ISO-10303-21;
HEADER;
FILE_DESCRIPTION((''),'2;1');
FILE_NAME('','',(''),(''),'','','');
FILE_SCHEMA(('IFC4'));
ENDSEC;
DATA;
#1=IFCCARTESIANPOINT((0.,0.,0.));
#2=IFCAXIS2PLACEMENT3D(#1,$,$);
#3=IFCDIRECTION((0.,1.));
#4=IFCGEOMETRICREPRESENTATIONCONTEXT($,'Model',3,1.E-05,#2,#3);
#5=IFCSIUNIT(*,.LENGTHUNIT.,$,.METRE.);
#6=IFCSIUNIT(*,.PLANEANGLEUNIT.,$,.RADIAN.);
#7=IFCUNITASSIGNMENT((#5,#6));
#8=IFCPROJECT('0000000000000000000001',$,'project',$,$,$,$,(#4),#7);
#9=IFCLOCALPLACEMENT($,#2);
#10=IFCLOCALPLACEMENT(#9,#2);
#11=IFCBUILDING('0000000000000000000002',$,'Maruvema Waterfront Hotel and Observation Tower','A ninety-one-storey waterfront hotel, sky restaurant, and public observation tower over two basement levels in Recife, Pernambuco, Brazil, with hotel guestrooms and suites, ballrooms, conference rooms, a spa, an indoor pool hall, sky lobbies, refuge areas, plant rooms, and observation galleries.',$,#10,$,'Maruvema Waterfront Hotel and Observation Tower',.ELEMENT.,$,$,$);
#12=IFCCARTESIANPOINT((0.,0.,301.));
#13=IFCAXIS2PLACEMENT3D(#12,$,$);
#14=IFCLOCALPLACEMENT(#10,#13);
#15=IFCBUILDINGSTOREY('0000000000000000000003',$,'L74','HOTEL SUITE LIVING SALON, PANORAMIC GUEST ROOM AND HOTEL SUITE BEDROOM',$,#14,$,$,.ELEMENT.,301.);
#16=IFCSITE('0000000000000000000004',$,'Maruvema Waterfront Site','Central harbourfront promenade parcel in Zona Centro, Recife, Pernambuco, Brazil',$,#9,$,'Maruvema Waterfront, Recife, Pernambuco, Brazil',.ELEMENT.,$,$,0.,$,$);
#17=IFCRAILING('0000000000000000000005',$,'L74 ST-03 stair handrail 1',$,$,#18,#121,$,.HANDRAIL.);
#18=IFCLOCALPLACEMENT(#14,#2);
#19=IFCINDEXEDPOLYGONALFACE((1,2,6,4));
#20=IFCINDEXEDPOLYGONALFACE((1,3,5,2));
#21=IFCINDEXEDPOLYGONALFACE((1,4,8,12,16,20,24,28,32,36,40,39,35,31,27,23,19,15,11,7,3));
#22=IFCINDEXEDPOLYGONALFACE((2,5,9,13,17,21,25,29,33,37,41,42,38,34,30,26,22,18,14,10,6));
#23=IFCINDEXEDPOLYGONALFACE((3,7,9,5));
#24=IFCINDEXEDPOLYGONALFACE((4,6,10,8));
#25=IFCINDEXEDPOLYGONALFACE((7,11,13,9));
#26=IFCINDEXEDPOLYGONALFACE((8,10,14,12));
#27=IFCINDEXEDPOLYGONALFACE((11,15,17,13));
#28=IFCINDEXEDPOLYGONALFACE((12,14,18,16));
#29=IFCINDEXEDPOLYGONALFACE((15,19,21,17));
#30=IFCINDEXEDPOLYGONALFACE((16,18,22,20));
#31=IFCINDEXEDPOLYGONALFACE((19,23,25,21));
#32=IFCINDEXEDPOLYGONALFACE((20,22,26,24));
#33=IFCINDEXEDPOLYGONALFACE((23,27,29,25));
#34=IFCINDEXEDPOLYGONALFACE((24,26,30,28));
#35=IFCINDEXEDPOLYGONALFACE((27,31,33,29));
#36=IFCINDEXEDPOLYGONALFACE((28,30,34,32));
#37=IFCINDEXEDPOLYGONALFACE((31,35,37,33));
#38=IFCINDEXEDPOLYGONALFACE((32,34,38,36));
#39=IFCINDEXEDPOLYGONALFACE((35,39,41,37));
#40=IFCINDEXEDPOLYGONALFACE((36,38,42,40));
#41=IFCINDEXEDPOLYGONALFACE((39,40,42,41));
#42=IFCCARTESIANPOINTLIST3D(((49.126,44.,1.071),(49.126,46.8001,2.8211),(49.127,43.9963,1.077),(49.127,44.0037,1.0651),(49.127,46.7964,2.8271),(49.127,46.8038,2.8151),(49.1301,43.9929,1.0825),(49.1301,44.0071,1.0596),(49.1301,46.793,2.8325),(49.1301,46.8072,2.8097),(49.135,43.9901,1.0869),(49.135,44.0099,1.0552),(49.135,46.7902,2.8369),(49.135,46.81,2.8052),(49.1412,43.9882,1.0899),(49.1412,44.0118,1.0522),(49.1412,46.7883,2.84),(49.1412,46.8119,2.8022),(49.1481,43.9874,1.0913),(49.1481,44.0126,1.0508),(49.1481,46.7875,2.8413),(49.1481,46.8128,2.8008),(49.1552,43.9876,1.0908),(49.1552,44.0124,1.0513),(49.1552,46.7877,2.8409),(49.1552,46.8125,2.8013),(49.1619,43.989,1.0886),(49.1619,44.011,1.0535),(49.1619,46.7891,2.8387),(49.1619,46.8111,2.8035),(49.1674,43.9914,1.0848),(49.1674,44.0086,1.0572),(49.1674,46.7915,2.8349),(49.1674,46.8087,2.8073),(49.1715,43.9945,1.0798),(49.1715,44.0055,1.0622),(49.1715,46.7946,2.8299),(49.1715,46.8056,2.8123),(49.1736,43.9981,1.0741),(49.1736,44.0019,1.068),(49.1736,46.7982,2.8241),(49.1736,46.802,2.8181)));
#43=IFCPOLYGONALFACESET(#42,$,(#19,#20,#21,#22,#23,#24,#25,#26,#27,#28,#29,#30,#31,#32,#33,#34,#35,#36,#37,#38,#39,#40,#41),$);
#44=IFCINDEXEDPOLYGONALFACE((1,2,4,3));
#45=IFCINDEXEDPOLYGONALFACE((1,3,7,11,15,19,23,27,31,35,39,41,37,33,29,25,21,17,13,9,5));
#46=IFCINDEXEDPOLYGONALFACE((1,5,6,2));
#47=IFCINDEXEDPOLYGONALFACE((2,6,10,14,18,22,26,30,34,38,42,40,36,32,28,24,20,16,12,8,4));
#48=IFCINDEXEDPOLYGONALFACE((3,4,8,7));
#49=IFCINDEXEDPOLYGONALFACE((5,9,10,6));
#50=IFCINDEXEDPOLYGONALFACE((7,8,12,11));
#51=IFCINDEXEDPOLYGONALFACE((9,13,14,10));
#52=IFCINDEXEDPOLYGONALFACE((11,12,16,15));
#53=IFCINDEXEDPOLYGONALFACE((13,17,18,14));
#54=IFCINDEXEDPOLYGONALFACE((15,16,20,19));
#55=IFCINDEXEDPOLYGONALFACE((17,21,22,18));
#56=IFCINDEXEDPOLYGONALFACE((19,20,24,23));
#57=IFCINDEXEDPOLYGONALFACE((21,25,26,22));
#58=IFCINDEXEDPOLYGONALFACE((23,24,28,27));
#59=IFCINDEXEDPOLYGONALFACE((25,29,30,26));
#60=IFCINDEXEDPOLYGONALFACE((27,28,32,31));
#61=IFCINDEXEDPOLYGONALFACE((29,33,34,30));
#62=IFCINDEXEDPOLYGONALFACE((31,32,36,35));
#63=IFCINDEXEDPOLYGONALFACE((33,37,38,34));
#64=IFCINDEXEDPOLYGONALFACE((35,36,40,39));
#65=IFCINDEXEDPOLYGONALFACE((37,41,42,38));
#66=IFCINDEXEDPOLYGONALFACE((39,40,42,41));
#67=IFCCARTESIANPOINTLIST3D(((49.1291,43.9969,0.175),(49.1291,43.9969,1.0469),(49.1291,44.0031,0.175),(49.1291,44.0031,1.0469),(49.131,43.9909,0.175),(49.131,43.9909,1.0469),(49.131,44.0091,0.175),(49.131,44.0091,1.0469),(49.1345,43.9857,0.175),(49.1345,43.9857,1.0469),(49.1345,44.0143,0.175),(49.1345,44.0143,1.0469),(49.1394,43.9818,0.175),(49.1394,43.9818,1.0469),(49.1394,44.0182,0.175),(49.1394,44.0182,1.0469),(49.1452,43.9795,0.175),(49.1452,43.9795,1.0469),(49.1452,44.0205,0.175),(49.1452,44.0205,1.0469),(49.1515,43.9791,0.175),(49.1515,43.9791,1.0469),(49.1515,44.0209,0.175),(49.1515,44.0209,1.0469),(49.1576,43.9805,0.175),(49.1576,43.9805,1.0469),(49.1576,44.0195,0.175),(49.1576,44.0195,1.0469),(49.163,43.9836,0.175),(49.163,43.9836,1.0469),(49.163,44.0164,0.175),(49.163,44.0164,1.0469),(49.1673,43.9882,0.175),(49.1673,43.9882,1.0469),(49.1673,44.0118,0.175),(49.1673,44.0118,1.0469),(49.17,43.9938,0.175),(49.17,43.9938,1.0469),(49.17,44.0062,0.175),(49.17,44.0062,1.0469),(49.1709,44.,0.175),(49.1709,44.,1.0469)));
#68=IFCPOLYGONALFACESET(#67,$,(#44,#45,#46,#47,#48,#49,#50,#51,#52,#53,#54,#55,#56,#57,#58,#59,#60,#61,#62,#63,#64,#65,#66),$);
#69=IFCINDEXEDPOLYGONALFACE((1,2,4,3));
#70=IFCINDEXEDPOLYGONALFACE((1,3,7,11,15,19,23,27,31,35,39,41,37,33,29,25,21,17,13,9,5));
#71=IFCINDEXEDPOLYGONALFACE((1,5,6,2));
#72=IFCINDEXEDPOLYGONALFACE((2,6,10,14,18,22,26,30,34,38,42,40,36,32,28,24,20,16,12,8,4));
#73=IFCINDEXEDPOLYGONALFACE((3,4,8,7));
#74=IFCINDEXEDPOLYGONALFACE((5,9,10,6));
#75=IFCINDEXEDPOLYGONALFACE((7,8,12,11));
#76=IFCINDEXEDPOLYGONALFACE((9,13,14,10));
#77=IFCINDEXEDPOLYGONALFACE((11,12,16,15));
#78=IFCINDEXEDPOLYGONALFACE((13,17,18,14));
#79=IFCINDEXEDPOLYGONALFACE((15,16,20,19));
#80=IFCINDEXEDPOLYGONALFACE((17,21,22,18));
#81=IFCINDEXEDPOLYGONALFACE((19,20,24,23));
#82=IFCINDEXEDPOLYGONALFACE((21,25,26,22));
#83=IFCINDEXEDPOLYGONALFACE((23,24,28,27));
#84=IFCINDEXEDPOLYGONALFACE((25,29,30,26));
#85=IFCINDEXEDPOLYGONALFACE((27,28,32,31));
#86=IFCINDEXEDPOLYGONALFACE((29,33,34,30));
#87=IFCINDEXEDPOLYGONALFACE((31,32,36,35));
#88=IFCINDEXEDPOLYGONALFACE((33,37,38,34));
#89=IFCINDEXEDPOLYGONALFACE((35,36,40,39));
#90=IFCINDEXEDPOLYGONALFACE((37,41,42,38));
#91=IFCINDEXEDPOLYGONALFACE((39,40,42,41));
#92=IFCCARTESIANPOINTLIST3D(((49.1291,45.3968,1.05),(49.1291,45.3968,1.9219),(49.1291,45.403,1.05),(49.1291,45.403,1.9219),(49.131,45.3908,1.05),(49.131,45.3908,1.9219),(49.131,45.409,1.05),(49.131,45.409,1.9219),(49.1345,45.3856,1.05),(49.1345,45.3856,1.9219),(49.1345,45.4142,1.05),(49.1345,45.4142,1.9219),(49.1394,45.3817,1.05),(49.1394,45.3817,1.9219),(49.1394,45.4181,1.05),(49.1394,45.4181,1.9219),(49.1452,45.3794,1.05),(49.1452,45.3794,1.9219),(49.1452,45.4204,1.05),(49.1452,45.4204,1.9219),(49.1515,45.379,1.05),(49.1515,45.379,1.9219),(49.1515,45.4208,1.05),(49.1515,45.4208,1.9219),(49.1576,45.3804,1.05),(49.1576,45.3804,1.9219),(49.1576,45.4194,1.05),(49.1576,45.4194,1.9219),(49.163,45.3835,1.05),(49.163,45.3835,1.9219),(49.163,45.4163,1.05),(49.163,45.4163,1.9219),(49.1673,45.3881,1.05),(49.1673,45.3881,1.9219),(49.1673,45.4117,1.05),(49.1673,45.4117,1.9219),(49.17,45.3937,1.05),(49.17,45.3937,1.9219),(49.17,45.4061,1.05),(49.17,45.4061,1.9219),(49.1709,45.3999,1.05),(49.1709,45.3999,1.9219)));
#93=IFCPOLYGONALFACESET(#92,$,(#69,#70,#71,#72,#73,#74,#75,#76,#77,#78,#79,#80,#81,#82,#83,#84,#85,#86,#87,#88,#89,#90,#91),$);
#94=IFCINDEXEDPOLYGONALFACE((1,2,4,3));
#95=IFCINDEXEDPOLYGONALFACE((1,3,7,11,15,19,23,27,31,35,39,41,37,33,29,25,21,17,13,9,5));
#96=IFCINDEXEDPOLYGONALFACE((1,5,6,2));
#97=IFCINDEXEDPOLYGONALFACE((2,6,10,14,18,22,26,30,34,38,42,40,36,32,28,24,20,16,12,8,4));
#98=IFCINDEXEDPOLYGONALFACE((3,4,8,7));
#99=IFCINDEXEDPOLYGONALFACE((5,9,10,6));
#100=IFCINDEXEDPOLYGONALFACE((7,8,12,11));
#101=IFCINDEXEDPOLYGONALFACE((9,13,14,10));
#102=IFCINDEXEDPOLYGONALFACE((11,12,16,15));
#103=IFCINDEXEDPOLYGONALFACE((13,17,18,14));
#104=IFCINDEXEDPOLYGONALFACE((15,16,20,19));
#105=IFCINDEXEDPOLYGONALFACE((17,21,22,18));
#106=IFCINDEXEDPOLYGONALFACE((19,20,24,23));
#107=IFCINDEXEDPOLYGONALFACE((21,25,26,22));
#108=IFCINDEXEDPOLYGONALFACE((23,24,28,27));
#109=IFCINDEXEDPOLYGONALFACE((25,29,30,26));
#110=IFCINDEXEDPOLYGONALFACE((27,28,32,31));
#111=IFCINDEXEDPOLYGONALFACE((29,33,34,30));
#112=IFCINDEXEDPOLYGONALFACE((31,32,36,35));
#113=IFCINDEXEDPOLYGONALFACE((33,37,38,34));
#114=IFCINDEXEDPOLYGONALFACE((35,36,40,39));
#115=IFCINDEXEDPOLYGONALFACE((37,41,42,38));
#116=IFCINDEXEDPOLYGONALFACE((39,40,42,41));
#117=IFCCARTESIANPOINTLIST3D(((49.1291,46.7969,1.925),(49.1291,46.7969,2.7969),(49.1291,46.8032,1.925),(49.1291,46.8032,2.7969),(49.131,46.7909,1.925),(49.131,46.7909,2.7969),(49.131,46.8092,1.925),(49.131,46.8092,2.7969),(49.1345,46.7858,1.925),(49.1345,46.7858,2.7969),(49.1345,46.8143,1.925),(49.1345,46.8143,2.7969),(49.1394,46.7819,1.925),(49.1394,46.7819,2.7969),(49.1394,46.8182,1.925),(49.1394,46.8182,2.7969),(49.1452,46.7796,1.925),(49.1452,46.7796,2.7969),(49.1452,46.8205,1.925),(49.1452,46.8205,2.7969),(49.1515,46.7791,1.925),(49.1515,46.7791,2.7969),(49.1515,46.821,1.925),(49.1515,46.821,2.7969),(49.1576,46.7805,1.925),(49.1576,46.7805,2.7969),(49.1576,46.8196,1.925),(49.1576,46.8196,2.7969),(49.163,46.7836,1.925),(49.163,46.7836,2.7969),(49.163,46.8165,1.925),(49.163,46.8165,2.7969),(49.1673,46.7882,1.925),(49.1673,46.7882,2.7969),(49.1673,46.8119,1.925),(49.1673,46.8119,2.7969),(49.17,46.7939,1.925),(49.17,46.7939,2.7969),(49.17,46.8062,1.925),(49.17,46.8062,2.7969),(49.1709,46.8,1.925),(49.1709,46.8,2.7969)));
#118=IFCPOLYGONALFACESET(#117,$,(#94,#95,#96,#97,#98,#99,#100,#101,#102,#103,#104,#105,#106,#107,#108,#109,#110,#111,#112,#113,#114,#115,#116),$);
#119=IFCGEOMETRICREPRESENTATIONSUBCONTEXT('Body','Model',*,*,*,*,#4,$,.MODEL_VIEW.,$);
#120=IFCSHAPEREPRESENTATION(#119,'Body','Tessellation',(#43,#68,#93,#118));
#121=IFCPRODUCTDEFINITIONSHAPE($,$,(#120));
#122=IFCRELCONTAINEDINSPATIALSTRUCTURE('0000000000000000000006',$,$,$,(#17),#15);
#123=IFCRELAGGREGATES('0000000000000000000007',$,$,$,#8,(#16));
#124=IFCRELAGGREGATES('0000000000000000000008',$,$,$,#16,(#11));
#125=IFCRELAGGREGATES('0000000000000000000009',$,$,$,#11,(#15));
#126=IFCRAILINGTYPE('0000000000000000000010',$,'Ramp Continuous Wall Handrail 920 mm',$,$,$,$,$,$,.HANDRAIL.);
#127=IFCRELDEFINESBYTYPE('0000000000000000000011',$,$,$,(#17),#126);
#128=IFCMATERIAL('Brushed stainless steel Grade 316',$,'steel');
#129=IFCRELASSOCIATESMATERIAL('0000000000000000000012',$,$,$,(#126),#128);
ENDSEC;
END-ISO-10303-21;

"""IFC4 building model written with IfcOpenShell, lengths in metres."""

from ifc_helpers import new_model, si_unit, direction, frame, origin, origin_2d, place, context, subcontext, project, spatial, circle, extrude, material, type_object, element, save


model = new_model("IFC4")

# Units and contexts
model_context = context("Model", 3, precision=1e-05, world=origin(), true_north=direction((0.0, 1.0)))
body_context = subcontext(model_context, "Body", "Model", "MODEL_VIEW")
ifc_project = project(units=[si_unit("LENGTHUNIT", "METRE"), si_unit("PLANEANGLEUNIT", "RADIAN")], contexts=[model_context])

# Site, building, storey
site_placement = place(None, origin())
site = spatial("IfcSite", under=ifc_project, at=site_placement, Name="Maruvema Waterfront Site", Description="Central harbourfront promenade parcel in Zona Centro, Recife, Pernambuco, Brazil", LongName="Maruvema Waterfront, Recife, Pernambuco, Brazil", CompositionType="ELEMENT", RefElevation=0.0)
building_placement = place(site_placement, origin())
building = spatial("IfcBuilding", under=site, at=building_placement, Name="Maruvema Waterfront Hotel and Observation Tower", Description="A ninety-one-storey waterfront hotel, sky restaurant, and public observation tower over two basement levels in Recife, Pernambuco, Brazil, with hotel guestrooms and suites, ballrooms, conference rooms, a spa, an indoor pool hall, sky lobbies, refuge areas, plant rooms, and observation galleries.", LongName="Maruvema Waterfront Hotel and Observation Tower", CompositionType="ELEMENT")
storey_placement = place(building_placement, frame((0.0, 0.0, 301.0)))
storey = spatial("IfcBuildingStorey", under=building, at=storey_placement, Name="L74", Description="HOTEL SUITE LIVING SALON, PANORAMIC GUEST ROOM AND HOTEL SUITE BEDROOM", CompositionType="ELEMENT", Elevation=301.0)

# Railing
ifc_material_1 = material(Name="Brushed stainless steel Grade 316", Category="steel")
railing_type_1 = type_object("IfcRailingType", Name="Ramp Continuous Wall Handrail 920 mm", PredefinedType="HANDRAIL", material=ifc_material_1)
railing_1_placement = place(storey_placement, frame((49.1499, 44.0, 0.175)))
element("IfcRailing", 1, at=railing_1_placement, inside=storey, type_object=railing_type_1, Name="L74 ST-03 stair handrail 1", PredefinedType="HANDRAIL", context=body_context, shape_type="SweptSolid", body=[
    extrude(circle(Radius=0.0239, at=origin_2d()), frame((0.0, 0.0, 0.896), z_axis=(0.0, 0.848002, 0.529992), x_axis=(-1.0, 0.0, 0.0)), (0.0, 0.0, 1.0), 3.302),
    extrude(circle(Radius=0.021, at=origin_2d()), origin(), (0.0, 0.0, 1.0), 0.8718),
    extrude(circle(Radius=0.021, at=origin_2d()), frame((0.0, 1.3999, 0.875)), (0.0, 0.0, 1.0), 0.8718),
    extrude(circle(Radius=0.021, at=origin_2d()), frame((0.0, 2.8, 1.75)), (0.0, 0.0, 1.0), 0.8718),
])

save(model, "model.ifc")
